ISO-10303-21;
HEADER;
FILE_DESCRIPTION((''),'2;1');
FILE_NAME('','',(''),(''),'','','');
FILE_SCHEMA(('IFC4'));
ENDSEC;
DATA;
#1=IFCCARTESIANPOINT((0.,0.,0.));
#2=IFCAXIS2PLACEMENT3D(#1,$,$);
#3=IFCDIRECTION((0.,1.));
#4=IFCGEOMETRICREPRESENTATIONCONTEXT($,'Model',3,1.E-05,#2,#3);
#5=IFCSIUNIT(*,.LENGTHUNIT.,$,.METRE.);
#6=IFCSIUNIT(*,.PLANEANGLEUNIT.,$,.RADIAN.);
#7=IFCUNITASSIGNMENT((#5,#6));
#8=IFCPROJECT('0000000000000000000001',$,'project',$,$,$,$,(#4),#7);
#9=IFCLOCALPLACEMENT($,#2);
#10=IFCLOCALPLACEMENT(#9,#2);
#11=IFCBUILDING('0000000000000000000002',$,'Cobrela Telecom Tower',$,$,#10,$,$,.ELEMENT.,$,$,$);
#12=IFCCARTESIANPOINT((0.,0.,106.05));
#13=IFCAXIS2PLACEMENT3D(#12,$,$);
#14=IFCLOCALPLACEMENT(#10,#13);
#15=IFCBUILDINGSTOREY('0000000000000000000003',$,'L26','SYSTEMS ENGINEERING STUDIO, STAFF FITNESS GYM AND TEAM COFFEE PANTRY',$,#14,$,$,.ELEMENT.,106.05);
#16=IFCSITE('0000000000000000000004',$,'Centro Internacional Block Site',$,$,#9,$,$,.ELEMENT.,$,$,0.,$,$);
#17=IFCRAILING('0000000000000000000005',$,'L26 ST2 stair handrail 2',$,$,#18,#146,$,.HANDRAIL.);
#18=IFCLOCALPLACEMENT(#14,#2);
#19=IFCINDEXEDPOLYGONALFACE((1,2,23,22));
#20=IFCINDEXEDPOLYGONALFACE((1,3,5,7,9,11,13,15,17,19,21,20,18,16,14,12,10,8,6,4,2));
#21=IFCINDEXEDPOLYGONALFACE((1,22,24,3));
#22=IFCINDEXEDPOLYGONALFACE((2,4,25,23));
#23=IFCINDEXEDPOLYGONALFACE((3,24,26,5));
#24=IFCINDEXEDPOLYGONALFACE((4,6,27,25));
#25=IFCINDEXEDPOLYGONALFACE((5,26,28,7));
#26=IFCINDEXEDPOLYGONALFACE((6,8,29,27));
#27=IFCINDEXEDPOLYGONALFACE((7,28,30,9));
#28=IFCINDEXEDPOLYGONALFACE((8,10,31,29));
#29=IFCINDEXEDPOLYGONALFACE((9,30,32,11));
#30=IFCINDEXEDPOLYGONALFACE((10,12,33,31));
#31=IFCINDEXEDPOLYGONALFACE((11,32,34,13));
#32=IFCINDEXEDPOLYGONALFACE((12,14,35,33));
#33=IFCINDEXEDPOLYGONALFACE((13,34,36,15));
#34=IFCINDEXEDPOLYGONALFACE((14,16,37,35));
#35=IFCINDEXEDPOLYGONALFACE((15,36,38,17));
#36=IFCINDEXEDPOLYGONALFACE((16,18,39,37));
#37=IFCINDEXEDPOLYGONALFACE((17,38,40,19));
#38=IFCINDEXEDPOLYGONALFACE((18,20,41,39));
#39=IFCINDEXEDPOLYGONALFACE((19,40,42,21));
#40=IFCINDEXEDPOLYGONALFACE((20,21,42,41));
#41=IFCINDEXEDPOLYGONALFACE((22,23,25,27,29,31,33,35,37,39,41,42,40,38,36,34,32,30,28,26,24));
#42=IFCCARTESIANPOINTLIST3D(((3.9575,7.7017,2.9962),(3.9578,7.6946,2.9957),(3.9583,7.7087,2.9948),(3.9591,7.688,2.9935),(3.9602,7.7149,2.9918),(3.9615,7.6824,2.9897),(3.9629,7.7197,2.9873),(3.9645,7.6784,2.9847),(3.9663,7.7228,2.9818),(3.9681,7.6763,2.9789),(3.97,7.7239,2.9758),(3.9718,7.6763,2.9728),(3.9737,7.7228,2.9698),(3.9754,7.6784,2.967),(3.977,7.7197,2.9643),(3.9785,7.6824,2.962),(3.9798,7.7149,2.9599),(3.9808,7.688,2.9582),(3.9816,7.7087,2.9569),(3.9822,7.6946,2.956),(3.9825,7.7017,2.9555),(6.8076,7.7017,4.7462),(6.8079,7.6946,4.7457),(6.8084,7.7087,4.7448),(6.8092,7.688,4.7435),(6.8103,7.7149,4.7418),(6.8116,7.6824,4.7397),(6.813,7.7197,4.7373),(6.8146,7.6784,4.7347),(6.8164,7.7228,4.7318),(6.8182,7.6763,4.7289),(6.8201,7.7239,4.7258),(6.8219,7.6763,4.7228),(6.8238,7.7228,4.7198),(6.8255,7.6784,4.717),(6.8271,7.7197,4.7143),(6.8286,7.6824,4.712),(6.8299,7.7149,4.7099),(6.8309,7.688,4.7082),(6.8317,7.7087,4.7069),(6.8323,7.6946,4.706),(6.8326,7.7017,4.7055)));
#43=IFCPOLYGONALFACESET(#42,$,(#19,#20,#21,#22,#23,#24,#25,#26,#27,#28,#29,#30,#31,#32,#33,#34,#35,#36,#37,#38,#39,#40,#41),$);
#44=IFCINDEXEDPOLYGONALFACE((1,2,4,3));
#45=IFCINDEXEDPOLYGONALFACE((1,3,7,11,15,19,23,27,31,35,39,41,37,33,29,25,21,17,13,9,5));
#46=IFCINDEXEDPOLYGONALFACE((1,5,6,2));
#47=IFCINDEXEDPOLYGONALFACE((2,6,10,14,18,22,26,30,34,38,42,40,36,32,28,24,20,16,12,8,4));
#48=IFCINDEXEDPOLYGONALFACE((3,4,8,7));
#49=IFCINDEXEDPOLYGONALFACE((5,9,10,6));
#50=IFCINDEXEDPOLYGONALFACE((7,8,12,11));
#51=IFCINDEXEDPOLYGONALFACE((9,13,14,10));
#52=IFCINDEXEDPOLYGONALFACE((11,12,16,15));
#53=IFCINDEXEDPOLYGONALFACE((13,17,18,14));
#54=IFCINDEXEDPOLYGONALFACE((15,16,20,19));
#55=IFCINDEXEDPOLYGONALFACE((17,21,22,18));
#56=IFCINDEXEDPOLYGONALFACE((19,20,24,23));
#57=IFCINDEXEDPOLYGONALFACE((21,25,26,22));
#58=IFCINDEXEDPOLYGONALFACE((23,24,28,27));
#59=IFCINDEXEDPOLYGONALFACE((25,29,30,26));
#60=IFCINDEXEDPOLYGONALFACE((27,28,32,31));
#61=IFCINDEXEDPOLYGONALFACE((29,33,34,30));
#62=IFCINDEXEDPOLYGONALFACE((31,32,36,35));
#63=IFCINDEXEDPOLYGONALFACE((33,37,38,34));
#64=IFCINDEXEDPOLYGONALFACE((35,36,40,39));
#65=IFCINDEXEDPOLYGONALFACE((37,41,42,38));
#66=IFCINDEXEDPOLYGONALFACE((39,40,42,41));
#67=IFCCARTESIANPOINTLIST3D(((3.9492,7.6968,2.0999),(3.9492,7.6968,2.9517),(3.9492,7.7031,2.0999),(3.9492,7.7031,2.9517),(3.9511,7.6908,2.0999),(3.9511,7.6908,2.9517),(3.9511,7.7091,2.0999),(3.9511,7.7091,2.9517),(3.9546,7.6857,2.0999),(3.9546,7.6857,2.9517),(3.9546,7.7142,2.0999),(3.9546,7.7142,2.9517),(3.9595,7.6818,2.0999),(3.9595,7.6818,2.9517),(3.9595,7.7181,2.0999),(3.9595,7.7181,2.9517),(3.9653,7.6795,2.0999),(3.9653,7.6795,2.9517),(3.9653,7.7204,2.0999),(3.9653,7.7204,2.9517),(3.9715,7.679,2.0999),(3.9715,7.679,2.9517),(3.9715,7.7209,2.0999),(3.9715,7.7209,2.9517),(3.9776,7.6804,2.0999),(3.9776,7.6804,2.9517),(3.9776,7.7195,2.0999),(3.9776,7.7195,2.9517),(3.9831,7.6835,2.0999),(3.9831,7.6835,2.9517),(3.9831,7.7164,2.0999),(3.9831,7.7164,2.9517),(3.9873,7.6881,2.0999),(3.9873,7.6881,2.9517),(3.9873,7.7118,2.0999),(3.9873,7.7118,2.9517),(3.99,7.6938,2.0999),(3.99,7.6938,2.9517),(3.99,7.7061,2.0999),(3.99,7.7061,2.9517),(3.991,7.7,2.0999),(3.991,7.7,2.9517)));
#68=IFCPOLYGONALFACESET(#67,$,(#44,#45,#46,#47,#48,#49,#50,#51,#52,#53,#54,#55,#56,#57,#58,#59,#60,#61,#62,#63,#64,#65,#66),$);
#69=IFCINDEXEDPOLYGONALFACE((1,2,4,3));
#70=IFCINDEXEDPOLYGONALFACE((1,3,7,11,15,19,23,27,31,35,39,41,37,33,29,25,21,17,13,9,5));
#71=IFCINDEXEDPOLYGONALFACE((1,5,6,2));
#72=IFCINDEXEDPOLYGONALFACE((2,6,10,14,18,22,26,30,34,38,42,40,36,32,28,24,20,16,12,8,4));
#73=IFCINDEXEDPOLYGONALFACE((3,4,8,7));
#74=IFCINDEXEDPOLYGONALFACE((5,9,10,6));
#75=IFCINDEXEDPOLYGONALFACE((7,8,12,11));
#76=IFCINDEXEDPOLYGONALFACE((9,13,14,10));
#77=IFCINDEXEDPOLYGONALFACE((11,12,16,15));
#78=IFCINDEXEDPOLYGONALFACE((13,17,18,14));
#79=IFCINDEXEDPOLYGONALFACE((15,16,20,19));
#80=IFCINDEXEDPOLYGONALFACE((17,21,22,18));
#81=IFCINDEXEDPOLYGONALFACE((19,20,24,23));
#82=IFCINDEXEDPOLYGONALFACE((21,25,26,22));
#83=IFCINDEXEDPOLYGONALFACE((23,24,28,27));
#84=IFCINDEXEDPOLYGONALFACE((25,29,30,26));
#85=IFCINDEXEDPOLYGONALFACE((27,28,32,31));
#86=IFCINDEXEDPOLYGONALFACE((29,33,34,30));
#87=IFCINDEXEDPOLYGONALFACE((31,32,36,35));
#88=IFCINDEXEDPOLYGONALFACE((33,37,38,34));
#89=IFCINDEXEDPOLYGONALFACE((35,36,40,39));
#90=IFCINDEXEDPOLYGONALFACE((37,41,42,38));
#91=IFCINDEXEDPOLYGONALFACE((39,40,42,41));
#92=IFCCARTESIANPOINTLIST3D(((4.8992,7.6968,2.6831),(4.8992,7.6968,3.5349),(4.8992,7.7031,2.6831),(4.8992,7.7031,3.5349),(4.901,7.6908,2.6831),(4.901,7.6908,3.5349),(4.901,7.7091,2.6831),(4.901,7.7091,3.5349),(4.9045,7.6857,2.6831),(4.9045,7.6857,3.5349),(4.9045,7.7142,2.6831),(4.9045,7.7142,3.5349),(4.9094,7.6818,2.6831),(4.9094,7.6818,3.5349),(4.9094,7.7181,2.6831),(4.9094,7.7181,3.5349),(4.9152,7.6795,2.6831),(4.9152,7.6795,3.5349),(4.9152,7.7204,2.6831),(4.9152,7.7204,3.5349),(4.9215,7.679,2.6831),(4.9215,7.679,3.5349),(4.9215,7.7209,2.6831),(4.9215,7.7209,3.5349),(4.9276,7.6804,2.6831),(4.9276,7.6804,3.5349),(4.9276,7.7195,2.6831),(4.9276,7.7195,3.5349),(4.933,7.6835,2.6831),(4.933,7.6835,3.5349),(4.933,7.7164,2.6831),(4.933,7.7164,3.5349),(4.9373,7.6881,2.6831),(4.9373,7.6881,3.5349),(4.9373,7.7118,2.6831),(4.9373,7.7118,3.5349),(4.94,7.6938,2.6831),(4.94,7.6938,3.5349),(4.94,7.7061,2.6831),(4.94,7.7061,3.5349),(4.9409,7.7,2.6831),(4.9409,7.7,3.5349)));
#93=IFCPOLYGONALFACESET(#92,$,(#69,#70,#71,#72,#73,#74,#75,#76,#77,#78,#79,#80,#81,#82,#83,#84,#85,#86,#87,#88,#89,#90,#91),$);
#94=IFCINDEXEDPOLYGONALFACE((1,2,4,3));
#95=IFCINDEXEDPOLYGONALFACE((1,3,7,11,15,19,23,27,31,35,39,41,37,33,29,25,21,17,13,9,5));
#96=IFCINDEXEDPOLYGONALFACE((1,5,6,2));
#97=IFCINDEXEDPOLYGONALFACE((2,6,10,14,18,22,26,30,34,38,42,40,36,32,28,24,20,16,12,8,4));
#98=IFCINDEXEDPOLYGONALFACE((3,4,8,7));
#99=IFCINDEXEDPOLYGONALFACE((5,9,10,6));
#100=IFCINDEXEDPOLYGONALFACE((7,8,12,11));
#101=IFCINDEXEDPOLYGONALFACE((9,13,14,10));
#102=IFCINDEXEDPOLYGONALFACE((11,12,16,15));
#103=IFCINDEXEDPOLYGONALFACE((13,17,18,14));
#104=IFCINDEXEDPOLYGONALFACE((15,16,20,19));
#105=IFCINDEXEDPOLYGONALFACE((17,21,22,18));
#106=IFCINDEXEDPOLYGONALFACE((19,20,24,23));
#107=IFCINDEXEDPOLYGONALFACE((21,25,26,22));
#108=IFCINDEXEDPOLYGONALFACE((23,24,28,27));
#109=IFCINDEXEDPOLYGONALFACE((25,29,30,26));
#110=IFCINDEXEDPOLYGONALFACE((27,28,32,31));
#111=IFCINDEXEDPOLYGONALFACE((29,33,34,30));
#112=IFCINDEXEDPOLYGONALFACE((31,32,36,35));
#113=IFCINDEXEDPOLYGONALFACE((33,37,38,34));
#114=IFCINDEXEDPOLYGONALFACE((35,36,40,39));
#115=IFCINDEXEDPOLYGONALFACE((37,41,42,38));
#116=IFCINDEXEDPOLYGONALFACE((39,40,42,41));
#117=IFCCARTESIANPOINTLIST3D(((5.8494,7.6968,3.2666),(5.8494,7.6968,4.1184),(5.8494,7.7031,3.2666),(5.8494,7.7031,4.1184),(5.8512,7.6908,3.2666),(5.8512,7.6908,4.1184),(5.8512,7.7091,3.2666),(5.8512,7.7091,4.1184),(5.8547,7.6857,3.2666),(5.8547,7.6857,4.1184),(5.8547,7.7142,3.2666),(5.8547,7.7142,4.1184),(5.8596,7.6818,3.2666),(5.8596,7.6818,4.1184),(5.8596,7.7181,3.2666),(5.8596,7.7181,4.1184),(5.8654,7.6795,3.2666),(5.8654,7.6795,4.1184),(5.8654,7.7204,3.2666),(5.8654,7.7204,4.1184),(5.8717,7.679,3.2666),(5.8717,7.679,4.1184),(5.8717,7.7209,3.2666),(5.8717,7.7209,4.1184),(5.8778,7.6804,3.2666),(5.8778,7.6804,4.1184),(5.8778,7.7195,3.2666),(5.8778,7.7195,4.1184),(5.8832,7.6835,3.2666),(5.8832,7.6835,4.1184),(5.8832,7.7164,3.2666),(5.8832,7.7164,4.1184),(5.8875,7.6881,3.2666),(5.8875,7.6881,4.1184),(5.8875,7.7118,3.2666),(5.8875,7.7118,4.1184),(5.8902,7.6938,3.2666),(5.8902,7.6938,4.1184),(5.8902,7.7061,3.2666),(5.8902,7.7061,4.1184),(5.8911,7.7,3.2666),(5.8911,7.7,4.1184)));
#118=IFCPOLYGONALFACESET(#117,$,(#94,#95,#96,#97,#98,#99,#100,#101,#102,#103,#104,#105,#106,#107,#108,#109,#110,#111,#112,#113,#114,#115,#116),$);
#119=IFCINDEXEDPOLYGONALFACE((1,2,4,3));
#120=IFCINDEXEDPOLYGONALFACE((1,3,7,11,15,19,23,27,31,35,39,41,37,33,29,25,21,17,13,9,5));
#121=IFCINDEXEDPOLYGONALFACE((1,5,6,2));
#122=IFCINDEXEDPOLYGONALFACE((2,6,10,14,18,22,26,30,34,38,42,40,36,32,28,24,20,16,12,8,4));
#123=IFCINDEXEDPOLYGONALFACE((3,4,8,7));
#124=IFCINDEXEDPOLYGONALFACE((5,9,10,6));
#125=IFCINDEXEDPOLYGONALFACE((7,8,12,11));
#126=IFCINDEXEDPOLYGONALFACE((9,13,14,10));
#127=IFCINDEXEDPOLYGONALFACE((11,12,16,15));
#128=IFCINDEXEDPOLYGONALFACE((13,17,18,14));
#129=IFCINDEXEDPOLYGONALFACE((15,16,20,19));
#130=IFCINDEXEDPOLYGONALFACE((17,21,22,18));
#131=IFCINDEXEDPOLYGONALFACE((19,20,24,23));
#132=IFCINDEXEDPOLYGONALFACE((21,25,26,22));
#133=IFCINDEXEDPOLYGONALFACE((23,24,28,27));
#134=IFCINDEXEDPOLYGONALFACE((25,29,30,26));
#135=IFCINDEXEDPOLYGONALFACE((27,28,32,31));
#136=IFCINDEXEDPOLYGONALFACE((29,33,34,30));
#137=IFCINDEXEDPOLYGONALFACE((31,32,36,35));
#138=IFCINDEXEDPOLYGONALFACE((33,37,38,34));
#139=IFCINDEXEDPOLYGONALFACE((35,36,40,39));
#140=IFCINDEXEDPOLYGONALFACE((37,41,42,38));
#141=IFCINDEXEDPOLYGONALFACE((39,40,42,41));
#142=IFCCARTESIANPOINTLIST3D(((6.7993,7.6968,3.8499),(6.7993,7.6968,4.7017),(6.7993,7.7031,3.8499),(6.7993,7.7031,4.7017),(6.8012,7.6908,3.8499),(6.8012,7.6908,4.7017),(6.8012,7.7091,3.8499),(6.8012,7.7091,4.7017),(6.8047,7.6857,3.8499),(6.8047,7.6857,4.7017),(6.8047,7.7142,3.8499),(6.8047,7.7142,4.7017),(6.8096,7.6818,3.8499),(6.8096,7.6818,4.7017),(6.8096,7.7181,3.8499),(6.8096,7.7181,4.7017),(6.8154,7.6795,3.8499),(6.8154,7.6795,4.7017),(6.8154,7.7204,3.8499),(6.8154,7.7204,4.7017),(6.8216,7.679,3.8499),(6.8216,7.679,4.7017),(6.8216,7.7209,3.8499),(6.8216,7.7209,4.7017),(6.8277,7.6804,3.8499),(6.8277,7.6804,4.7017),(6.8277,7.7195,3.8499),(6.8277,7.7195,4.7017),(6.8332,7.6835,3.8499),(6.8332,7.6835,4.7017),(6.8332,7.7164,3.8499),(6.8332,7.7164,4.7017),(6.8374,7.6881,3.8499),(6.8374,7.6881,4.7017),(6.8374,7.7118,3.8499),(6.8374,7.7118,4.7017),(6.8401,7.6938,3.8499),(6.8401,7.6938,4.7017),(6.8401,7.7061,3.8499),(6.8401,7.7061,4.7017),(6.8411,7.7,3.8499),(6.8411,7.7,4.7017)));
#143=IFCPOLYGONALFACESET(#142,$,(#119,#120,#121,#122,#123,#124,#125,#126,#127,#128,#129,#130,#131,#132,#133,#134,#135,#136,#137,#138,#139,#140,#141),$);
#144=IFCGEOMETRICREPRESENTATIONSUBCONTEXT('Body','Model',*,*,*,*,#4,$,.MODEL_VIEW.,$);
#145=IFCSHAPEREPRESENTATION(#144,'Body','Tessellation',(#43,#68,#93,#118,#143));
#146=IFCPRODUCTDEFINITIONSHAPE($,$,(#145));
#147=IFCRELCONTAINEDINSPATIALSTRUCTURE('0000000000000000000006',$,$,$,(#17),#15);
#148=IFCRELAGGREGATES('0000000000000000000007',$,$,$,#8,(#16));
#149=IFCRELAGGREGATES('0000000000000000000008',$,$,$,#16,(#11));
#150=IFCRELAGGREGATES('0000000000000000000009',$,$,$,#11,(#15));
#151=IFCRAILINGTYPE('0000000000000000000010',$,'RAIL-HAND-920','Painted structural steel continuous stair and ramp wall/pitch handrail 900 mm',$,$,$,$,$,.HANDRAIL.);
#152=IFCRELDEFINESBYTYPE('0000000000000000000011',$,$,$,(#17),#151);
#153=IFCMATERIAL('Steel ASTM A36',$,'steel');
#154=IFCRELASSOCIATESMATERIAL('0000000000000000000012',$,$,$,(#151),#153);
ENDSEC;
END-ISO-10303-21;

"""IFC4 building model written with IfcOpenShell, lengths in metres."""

from ifc_helpers import new_model, si_unit, direction, frame, origin, origin_2d, place, context, subcontext, project, spatial, circle, extrude, material, type_object, element, save


model = new_model("IFC4")

# Units and contexts
model_context = context("Model", 3, precision=1e-05, world=origin(), true_north=direction((0.0, 1.0)))
body_context = subcontext(model_context, "Body", "Model", "MODEL_VIEW")
ifc_project = project(units=[si_unit("LENGTHUNIT", "METRE"), si_unit("PLANEANGLEUNIT", "RADIAN")], contexts=[model_context])

# Site, building, storey
site_placement = place(None, origin())
site = spatial("IfcSite", under=ifc_project, at=site_placement, Name="Centro Internacional Block Site", CompositionType="ELEMENT", RefElevation=0.0)
building_placement = place(site_placement, origin())
building = spatial("IfcBuilding", under=site, at=building_placement, Name="Cobrela Telecom Tower", CompositionType="ELEMENT")
storey_placement = place(building_placement, frame((0.0, 0.0, 106.05)))
storey = spatial("IfcBuildingStorey", under=building, at=storey_placement, Name="L26", Description="SYSTEMS ENGINEERING STUDIO, STAFF FITNESS GYM AND TEAM COFFEE PANTRY", CompositionType="ELEMENT", Elevation=106.05)

# Railing
ifc_material_1 = material(Name="Steel ASTM A36", Category="steel")
railing_type = type_object("IfcRailingType", Name="RAIL-HAND-920", Description="Painted structural steel continuous stair and ramp wall/pitch handrail 900 mm", PredefinedType="HANDRAIL", material=ifc_material_1)
railing_placement = place(storey_placement, frame((3.97, 7.7, 2.0999)))
element("IfcRailing", 1, at=railing_placement, inside=storey, type_object=railing_type, Name="L26 ST2 stair handrail 2", PredefinedType="HANDRAIL", context=body_context, shape_type="SweptSolid", body=[
    extrude(circle(Radius=0.0239, at=origin_2d()), frame((0.0, 0.0, 0.876), z_axis=(0.852179, 0.0, 0.52325), x_axis=(0.0, 1.0, 0.0)), (0.0, 0.0, 1.0), 3.3445),
    extrude(circle(Radius=0.021, at=origin_2d()), origin(), (0.0, 0.0, 1.0), 0.8518),
    extrude(circle(Radius=0.021, at=origin_2d()), frame((0.95, 0.0, 0.5833)), (0.0, 0.0, 1.0), 0.8518),
    extrude(circle(Radius=0.021, at=origin_2d()), frame((1.9001, 0.0, 1.1667)), (0.0, 0.0, 1.0), 0.8518),
    extrude(circle(Radius=0.021, at=origin_2d()), frame((2.8501, 0.0, 1.75)), (0.0, 0.0, 1.0), 0.8518),
])

save(model, "model.ifc")
